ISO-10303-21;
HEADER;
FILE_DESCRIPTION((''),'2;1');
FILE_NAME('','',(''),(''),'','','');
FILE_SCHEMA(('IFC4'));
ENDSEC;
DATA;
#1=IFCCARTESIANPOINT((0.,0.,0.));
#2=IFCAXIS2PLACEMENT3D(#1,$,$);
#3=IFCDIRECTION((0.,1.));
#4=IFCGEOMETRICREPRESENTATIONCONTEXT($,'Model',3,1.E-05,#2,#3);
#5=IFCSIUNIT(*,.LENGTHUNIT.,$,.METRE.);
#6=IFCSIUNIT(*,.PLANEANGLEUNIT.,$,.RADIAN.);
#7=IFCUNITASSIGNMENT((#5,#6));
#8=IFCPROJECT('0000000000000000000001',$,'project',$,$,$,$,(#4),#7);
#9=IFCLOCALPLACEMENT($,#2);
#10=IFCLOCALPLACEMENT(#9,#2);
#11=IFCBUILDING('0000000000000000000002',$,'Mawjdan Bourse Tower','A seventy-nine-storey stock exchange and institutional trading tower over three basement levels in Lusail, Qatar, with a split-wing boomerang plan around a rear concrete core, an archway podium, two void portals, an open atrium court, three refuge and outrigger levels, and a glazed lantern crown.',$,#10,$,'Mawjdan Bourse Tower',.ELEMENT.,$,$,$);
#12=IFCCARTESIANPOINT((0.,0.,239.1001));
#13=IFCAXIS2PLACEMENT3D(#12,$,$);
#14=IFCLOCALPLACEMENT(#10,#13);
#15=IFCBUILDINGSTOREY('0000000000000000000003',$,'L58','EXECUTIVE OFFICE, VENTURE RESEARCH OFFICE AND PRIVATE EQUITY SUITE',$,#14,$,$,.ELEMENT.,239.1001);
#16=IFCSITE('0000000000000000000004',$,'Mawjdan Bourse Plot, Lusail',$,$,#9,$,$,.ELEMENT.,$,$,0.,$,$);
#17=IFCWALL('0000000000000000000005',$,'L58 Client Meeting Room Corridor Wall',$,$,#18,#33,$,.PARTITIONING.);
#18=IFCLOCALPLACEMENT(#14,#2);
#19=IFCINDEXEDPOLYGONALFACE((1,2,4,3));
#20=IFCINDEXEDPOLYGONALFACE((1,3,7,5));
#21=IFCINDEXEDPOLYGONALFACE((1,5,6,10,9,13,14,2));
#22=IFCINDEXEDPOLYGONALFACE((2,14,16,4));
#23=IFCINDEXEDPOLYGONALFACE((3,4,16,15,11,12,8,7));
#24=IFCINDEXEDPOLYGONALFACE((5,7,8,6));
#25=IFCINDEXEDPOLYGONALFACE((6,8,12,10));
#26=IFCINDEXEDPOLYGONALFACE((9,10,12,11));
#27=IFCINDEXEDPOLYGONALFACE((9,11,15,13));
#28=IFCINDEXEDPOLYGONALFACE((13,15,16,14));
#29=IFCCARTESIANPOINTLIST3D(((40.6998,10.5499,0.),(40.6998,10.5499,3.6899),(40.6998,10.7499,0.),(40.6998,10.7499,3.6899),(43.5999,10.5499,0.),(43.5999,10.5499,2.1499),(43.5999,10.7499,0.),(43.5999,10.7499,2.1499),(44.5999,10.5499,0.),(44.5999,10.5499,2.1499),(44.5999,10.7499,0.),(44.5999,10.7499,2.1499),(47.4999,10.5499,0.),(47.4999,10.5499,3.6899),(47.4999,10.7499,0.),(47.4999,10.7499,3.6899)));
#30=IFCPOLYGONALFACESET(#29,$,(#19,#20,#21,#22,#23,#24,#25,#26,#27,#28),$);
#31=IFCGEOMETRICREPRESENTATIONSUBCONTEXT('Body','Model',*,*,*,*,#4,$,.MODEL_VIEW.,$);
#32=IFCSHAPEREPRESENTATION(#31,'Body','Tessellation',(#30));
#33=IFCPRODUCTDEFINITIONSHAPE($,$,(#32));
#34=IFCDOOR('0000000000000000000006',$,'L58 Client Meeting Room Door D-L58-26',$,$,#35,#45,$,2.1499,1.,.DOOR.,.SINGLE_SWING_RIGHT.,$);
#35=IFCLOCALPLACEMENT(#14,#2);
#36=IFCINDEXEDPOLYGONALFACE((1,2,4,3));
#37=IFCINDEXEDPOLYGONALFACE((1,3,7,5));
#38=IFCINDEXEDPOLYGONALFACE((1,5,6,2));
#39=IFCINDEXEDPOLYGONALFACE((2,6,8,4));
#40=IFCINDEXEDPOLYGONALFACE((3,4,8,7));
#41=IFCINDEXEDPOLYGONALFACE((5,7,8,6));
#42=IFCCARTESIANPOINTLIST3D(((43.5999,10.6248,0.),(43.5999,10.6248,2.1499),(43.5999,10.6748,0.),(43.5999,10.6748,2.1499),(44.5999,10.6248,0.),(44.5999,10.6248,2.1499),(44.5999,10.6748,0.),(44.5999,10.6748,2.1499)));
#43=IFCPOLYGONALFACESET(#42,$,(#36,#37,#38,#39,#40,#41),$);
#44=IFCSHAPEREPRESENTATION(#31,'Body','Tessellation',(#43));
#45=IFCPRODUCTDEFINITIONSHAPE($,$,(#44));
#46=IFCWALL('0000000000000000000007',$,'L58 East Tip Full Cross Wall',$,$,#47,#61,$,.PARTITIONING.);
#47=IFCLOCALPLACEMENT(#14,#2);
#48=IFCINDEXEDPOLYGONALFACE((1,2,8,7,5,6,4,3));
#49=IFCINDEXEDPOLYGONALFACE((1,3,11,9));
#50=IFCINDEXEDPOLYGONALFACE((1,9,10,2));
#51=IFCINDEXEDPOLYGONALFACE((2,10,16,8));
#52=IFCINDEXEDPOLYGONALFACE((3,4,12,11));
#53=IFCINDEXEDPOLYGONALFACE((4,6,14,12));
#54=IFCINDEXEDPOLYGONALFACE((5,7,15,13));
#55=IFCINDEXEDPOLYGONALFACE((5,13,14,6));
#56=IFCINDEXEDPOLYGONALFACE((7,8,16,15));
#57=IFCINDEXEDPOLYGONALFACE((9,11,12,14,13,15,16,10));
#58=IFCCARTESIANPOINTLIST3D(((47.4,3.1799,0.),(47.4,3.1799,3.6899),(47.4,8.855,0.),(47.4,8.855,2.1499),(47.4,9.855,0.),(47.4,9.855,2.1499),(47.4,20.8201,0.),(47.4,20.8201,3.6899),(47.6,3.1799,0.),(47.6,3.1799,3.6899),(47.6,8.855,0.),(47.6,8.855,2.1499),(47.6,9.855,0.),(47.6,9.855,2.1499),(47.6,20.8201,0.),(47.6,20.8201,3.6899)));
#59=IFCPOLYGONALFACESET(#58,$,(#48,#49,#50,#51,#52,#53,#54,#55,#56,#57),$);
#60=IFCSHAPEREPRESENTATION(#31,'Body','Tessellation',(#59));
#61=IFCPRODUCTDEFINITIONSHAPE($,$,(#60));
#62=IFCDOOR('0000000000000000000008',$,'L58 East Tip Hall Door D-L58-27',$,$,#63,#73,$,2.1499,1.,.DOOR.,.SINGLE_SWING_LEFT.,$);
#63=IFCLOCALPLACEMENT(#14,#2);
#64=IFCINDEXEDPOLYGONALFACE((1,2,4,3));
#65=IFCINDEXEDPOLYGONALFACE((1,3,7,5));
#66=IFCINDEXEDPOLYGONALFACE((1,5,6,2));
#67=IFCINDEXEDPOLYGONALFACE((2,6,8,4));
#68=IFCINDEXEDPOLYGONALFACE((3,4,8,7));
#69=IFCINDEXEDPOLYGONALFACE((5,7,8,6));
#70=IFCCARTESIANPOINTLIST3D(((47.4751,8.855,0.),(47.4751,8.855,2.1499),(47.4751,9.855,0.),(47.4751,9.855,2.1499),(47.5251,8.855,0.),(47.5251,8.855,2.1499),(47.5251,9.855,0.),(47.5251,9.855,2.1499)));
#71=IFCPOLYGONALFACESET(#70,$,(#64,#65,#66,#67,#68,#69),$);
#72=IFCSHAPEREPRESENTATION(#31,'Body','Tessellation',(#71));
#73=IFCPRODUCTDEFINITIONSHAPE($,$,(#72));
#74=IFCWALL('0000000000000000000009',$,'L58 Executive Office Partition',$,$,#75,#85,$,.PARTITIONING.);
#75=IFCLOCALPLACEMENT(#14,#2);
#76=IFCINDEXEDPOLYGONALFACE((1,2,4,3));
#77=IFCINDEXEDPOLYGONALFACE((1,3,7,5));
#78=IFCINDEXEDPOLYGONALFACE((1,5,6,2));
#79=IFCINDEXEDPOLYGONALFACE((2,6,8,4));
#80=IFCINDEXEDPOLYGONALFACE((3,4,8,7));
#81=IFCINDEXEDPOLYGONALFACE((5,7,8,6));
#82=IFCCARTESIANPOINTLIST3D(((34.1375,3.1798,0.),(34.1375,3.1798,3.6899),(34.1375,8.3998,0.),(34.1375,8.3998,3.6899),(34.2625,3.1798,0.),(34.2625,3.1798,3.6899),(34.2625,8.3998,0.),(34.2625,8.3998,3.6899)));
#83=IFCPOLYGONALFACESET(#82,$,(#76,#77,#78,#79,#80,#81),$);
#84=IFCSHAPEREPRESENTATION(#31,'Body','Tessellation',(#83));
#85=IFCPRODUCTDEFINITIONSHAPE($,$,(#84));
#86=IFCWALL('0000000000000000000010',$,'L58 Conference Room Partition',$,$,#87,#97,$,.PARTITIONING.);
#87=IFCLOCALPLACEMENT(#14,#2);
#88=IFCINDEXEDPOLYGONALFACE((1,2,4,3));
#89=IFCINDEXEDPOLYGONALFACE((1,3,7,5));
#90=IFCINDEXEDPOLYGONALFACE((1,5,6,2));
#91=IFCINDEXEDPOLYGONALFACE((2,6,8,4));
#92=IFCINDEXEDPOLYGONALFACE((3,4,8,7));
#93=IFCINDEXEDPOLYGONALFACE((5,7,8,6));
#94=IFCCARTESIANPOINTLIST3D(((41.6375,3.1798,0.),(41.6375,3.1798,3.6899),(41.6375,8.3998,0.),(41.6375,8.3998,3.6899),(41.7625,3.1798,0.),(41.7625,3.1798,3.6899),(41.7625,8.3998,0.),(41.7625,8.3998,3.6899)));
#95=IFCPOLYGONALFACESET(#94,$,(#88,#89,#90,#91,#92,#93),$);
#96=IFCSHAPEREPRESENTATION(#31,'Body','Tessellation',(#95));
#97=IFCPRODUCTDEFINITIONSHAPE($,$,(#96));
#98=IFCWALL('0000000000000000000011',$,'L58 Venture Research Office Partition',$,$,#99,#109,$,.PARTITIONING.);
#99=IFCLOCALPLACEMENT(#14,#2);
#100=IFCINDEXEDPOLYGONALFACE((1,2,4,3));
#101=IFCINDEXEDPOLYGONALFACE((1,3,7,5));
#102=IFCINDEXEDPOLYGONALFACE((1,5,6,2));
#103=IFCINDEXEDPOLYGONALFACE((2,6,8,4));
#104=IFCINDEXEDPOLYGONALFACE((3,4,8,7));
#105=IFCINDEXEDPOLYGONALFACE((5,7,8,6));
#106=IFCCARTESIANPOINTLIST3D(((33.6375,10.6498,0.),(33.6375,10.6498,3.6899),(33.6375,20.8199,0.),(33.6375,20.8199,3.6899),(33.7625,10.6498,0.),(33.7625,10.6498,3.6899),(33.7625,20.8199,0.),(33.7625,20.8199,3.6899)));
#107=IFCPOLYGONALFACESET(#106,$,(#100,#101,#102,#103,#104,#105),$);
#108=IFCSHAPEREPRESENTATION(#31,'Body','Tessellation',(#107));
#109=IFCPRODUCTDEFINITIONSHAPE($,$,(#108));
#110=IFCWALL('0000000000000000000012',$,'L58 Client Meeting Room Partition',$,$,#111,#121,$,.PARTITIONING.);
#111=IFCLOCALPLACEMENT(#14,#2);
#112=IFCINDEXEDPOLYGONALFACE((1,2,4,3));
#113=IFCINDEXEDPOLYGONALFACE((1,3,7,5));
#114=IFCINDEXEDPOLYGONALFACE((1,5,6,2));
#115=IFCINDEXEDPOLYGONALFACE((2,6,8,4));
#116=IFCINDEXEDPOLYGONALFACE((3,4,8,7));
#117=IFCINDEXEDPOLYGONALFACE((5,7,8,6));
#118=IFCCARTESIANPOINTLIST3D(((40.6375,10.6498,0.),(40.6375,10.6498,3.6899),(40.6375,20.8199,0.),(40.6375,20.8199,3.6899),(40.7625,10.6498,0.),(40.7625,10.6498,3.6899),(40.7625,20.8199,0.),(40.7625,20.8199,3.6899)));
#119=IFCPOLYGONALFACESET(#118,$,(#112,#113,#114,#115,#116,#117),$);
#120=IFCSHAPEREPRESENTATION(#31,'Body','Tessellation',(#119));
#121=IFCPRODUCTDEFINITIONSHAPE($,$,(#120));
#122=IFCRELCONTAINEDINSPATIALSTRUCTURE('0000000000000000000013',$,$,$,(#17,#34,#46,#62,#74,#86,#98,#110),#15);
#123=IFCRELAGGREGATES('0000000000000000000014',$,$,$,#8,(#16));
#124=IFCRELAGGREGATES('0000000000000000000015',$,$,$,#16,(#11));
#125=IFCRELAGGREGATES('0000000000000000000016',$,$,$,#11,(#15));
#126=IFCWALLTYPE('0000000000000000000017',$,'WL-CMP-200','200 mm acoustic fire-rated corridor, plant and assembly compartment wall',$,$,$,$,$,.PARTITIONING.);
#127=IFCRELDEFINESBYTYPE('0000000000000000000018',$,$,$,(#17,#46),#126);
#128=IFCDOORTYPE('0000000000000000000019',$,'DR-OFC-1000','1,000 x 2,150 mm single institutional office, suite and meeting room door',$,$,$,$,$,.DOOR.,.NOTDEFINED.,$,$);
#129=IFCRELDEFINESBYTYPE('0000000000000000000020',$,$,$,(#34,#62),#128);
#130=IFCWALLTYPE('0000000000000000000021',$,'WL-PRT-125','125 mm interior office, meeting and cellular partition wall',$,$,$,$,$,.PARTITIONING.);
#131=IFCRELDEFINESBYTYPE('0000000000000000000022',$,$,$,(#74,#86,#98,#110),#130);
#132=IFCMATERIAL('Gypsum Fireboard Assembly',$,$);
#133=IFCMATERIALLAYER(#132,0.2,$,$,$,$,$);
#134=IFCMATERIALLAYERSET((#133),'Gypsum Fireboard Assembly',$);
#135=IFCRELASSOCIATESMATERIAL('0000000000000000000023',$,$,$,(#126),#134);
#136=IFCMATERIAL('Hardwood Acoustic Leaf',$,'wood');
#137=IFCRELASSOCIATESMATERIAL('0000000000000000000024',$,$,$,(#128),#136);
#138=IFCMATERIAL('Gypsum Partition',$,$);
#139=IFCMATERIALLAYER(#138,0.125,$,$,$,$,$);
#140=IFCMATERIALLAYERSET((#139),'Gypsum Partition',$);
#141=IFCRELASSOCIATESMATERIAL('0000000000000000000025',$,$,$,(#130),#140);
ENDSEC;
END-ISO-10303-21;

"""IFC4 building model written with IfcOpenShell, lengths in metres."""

from ifc_helpers import new_model, si_unit, direction, frame, frame_2d, origin, place, context, subcontext, project, spatial, rectangle, extrude, material, layer, layer_set, type_object, element, fill, save


model = new_model("IFC4")

# Units and contexts
model_context = context("Model", 3, precision=1e-05, world=origin(), true_north=direction((0.0, 1.0)))
body_context = subcontext(model_context, "Body", "Model", "MODEL_VIEW")
ifc_project = project(units=[si_unit("LENGTHUNIT", "METRE"), si_unit("PLANEANGLEUNIT", "RADIAN")], contexts=[model_context])

# Site, building, storey
site_placement = place(None, origin())
site = spatial("IfcSite", under=ifc_project, at=site_placement, Name="Mawjdan Bourse Plot, Lusail", CompositionType="ELEMENT", RefElevation=0.0)
building_placement = place(site_placement, origin())
building = spatial("IfcBuilding", under=site, at=building_placement, Name="Mawjdan Bourse Tower", Description="A seventy-nine-storey stock exchange and institutional trading tower over three basement levels in Lusail, Qatar, with a split-wing boomerang plan around a rear concrete core, an archway podium, two void portals, an open atrium court, three refuge and outrigger levels, and a glazed lantern crown.", LongName="Mawjdan Bourse Tower", CompositionType="ELEMENT")
storey_placement = place(building_placement, frame((0.0, 0.0, 239.1001)))
storey = spatial("IfcBuildingStorey", under=building, at=storey_placement, Name="L58", Description="EXECUTIVE OFFICE, VENTURE RESEARCH OFFICE AND PRIVATE EQUITY SUITE", CompositionType="ELEMENT", Elevation=239.1001)

# Walls, openings, doors
ifc_material_1 = material(Name="Gypsum Fireboard Assembly")
ifc_layer_1 = layer(ifc_material_1, 0.2)
ifc_layer_set_1 = layer_set([ifc_layer_1], Name="Gypsum Fireboard Assembly")
wall_type_1 = type_object("IfcWallType", Name="WL-CMP-200", Description="200 mm acoustic fire-rated corridor, plant and assembly compartment wall", PredefinedType="PARTITIONING", material=ifc_layer_set_1)
ifc_material_2 = material(Name="Hardwood Acoustic Leaf", Category="wood")
door_type_1 = type_object("IfcDoorType", Name="DR-OFC-1000", Description="1,000 x 2,150 mm single institutional office, suite and meeting room door", OperationType="NOTDEFINED", PredefinedType="DOOR", material=ifc_material_2)
wall_1_placement = place(storey_placement, frame((40.7, 10.6499, 0.0), z_axis=(0.0, 0.0, 1.0), x_axis=(1.0, 0.0, 0.0)))
wall_1 = element("IfcWall", 1, at=wall_1_placement, inside=storey, type_object=wall_type_1, Name="L58 Client Meeting Room Corridor Wall", PredefinedType="PARTITIONING", context=body_context, shape_type="SweptSolid", body=[
    extrude(rectangle(XDim=6.8, YDim=0.2, at=frame_2d((3.3999, 0.0))), origin(), (0.0, 0.0, 1.0), 3.6899),
])
opening_1_placement = place(wall_1_placement, frame((2.8999, 0.0, 0.0)))
opening_1 = element("IfcOpeningElement", 2, at=opening_1_placement, cuts=wall_1, PredefinedType="OPENING", context=body_context, shape_type="SweptSolid", body=[
    extrude(rectangle(XDim=1.0, YDim=2.1499, at=frame_2d((0.5, 1.075))), frame((0.0, 0.1099, 0.0), z_axis=(0.0, -1.0, 0.0), x_axis=(1.0, 0.0, 0.0)), (0.0, 0.0, 1.0), 0.22),
])
door_1_placement = place(opening_1_placement, origin())
door_1 = element("IfcDoor", 3, at=door_1_placement, inside=storey, type_object=door_type_1, Name="L58 Client Meeting Room Door D-L58-26", OperationType="SINGLE_SWING_RIGHT", OverallHeight=2.1499, OverallWidth=1.0, PredefinedType="DOOR", context=body_context, shape_type="SweptSolid", body=[
    extrude(rectangle(XDim=1.0, YDim=2.1499, at=frame_2d((0.5, 1.075))), frame((0.0, 0.0249, 0.0), z_axis=(0.0, -1.0, 0.0), x_axis=(1.0, 0.0, 0.0)), (0.0, 0.0, 1.0), 0.05),
])
fill(opening_1, door_1)
wall_2_placement = place(storey_placement, frame((47.5, 3.1799, 0.0), z_axis=(0.0, 0.0, 1.0), x_axis=(0.0, 1.0, 0.0)))
wall_2 = element("IfcWall", 4, at=wall_2_placement, inside=storey, type_object=wall_type_1, Name="L58 East Tip Full Cross Wall", PredefinedType="PARTITIONING", context=body_context, shape_type="SweptSolid", body=[
    extrude(rectangle(XDim=17.6401, YDim=0.2, at=frame_2d((8.8201, 0.0))), origin(), (0.0, 0.0, 1.0), 3.6899),
])
opening_2_placement = place(wall_2_placement, frame((5.675, 0.0, 0.0)))
opening_2 = element("IfcOpeningElement", 5, at=opening_2_placement, cuts=wall_2, PredefinedType="OPENING", context=body_context, shape_type="SweptSolid", body=[
    extrude(rectangle(XDim=1.0, YDim=2.1499, at=frame_2d((0.5, 1.075))), frame((0.0, 0.1099, 0.0), z_axis=(0.0, -1.0, 0.0), x_axis=(1.0, 0.0, 0.0)), (0.0, 0.0, 1.0), 0.22),
])
door_2_placement = place(opening_2_placement, origin())
door_2 = element("IfcDoor", 6, at=door_2_placement, inside=storey, type_object=door_type_1, Name="L58 East Tip Hall Door D-L58-27", OperationType="SINGLE_SWING_LEFT", OverallHeight=2.1499, OverallWidth=1.0, PredefinedType="DOOR", context=body_context, shape_type="SweptSolid", body=[
    extrude(rectangle(XDim=1.0, YDim=2.1499, at=frame_2d((0.5, 1.075))), frame((0.0, 0.0249, 0.0), z_axis=(0.0, -1.0, 0.0), x_axis=(1.0, 0.0, 0.0)), (0.0, 0.0, 1.0), 0.05),
])
fill(opening_2, door_2)

# Walls
ifc_material_3 = material(Name="Gypsum Partition")
ifc_layer_2 = layer(ifc_material_3, 0.125)
ifc_layer_set_2 = layer_set([ifc_layer_2], Name="Gypsum Partition")
wall_type_2 = type_object("IfcWallType", Name="WL-PRT-125", Description="125 mm interior office, meeting and cellular partition wall", PredefinedType="PARTITIONING", material=ifc_layer_set_2)
for number, where, z_axis, x_axis, name in (
    (7, (34.2, 3.1799, 0.0), (0.0, 0.0, 1.0), (0.0, 1.0, 0.0), "L58 Executive Office Partition"),
    (8, (41.7, 3.1799, 0.0), (0.0, 0.0, 1.0), (0.0, 1.0, 0.0), "L58 Conference Room Partition"),
):
    element("IfcWall", number, at=place(storey_placement, frame(where, z_axis=z_axis, x_axis=x_axis)), inside=storey, type_object=wall_type_2, Name=name, PredefinedType="PARTITIONING", context=body_context, shape_type="SweptSolid", body=[
        extrude(rectangle(XDim=5.22, YDim=0.125, at=frame_2d((2.6099, 0.0))), origin(), (0.0, 0.0, 1.0), 3.6899),
    ])
for number, where, z_axis, x_axis, name in (
    (9, (33.7, 10.6499, 0.0), (0.0, 0.0, 1.0), (0.0, 1.0, 0.0), "L58 Venture Research Office Partition"),
    (10, (40.7, 10.6499, 0.0), (0.0, 0.0, 1.0), (0.0, 1.0, 0.0), "L58 Client Meeting Room Partition"),
):
    element("IfcWall", number, at=place(storey_placement, frame(where, z_axis=z_axis, x_axis=x_axis)), inside=storey, type_object=wall_type_2, Name=name, PredefinedType="PARTITIONING", context=body_context, shape_type="SweptSolid", body=[
        extrude(rectangle(XDim=10.1702, YDim=0.125, at=frame_2d((5.085, 0.0))), origin(), (0.0, 0.0, 1.0), 3.6899),
    ])

save(model, "model.ifc")
